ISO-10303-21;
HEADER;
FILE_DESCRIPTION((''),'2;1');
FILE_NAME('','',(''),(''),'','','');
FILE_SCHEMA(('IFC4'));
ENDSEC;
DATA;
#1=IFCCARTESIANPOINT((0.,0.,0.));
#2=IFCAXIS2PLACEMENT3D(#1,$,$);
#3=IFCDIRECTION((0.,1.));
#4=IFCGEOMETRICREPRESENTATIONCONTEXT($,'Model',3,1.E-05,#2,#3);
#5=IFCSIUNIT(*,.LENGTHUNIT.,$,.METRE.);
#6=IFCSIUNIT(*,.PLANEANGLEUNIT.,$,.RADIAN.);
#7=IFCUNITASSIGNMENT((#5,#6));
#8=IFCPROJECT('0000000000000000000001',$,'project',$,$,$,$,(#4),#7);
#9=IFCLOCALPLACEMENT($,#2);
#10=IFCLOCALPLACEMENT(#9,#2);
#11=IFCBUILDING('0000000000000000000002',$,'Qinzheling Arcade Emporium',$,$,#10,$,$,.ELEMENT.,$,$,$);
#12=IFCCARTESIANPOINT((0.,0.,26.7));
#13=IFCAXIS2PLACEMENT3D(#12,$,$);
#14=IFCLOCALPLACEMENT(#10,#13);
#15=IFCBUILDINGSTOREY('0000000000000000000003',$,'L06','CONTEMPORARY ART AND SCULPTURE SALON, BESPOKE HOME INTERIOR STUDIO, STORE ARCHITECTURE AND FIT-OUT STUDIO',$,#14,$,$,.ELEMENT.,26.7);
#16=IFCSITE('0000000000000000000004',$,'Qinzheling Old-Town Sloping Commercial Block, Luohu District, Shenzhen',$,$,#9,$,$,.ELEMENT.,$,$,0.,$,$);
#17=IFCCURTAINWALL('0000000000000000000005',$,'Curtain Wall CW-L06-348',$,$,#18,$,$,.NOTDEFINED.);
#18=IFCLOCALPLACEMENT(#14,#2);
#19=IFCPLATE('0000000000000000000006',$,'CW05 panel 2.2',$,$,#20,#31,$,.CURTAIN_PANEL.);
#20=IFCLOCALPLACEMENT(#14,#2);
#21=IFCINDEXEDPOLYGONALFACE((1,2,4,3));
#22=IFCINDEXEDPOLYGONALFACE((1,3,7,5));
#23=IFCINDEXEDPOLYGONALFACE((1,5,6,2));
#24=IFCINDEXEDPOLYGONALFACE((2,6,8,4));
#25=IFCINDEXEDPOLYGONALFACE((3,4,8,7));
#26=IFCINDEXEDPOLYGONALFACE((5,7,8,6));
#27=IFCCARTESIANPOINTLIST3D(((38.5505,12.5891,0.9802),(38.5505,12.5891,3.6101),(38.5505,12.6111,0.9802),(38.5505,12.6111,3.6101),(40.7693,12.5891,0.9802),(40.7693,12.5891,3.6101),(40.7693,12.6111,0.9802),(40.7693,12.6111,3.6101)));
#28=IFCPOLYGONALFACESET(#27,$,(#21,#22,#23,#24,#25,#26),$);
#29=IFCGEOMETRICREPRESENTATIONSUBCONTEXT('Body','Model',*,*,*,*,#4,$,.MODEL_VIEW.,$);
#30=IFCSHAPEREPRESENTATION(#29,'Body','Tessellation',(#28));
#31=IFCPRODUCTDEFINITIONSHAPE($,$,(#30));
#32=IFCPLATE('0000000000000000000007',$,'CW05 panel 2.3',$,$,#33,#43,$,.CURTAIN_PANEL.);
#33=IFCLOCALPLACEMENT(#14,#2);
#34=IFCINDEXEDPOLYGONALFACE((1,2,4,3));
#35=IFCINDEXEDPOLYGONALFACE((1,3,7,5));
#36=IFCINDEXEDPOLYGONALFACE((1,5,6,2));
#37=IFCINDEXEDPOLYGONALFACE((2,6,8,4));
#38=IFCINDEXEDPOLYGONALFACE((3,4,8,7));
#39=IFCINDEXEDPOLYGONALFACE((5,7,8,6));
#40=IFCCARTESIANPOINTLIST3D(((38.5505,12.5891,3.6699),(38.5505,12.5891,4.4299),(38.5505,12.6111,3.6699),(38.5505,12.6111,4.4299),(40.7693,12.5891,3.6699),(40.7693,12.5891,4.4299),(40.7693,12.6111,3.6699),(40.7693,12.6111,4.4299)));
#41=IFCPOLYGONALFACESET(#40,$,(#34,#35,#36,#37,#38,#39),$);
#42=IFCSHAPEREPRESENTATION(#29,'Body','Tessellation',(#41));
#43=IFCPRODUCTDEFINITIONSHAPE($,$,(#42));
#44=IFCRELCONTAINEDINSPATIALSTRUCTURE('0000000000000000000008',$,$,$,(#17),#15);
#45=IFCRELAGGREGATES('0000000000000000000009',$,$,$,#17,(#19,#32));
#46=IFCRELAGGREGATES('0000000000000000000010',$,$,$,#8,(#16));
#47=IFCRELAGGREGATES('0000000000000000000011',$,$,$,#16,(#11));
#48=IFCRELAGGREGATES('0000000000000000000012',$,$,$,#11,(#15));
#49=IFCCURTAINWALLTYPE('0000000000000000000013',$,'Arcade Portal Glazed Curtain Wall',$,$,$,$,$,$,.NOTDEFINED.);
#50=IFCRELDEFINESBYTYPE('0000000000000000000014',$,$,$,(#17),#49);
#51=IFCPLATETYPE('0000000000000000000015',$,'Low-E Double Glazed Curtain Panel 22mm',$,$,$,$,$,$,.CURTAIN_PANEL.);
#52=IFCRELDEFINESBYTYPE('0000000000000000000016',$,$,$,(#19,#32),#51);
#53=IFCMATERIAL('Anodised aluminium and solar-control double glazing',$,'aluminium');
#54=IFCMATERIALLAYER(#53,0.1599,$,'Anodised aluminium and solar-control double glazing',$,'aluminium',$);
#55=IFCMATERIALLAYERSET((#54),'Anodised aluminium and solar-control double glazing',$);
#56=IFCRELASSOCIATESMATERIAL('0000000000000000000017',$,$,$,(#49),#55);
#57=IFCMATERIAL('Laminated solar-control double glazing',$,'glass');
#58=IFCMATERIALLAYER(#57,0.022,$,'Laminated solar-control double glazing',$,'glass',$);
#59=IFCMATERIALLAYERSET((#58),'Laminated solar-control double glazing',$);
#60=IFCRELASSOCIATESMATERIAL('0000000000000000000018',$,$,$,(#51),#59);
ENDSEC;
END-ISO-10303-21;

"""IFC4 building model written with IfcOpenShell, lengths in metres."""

from ifc_helpers import new_model, si_unit, direction, frame, origin, origin_2d, place, context, subcontext, project, spatial, rectangle, extrude, material, layer, layer_set, type_object, element, aggregate, save


model = new_model("IFC4")

# Units and contexts
model_context = context("Model", 3, precision=1e-05, world=origin(), true_north=direction((0.0, 1.0)))
body_context = subcontext(model_context, "Body", "Model", "MODEL_VIEW")
ifc_project = project(units=[si_unit("LENGTHUNIT", "METRE"), si_unit("PLANEANGLEUNIT", "RADIAN")], contexts=[model_context])

# Site, building, storey
site_placement = place(None, origin())
site = spatial("IfcSite", under=ifc_project, at=site_placement, Name="Qinzheling Old-Town Sloping Commercial Block, Luohu District, Shenzhen", CompositionType="ELEMENT", RefElevation=0.0)
building_placement = place(site_placement, origin())
building = spatial("IfcBuilding", under=site, at=building_placement, Name="Qinzheling Arcade Emporium", CompositionType="ELEMENT")
storey_placement = place(building_placement, frame((0.0, 0.0, 26.7)))
storey = spatial("IfcBuildingStorey", under=building, at=storey_placement, Name="L06", Description="CONTEMPORARY ART AND SCULPTURE SALON, BESPOKE HOME INTERIOR STUDIO, STORE ARCHITECTURE AND FIT-OUT STUDIO", CompositionType="ELEMENT", Elevation=26.7)

# Shared definitions
ifc_material_1 = material(Name="Anodised aluminium and solar-control double glazing", Category="aluminium")
ifc_layer_1 = layer(ifc_material_1, 0.1599, Name="Anodised aluminium and solar-control double glazing", Category="aluminium")
ifc_layer_set_1 = layer_set([ifc_layer_1], Name="Anodised aluminium and solar-control double glazing")
curtain_wall_type = type_object("IfcCurtainWallType", Name="Arcade Portal Glazed Curtain Wall", PredefinedType="NOTDEFINED", material=ifc_layer_set_1)

# Curtain wall
curtain_wall_1_placement = place(storey_placement, origin())
curtain_wall_1 = element("IfcCurtainWall", 1, at=curtain_wall_1_placement, inside=storey, type_object=curtain_wall_type, Name="Curtain Wall CW-L06-348", PredefinedType="NOTDEFINED")

# Plates
ifc_material_2 = material(Name="Laminated solar-control double glazing", Category="glass")
ifc_layer_2 = layer(ifc_material_2, 0.022, Name="Laminated solar-control double glazing", Category="glass")
ifc_layer_set_2 = layer_set([ifc_layer_2], Name="Laminated solar-control double glazing")
plate_type = type_object("IfcPlateType", Name="Low-E Double Glazed Curtain Panel 22mm", PredefinedType="CURTAIN_PANEL", material=ifc_layer_set_2)
plate_1_placement = place(storey_placement, frame((39.6599, 12.6001, 0.9802), z_axis=(0.0, 0.0, 1.0), x_axis=(-1.0, 0.0, 0.0)))
plate_1 = element("IfcPlate", 2, at=plate_1_placement, type_object=plate_type, Name="CW05 panel 2.2", PredefinedType="CURTAIN_PANEL", context=body_context, shape_type="SweptSolid", body=[
    extrude(rectangle(XDim=2.2188, YDim=0.022, at=origin_2d()), origin(), (0.0, 0.0, 1.0), 2.6299),
])
plate_2_placement = place(storey_placement, frame((39.6599, 12.6001, 3.6699), z_axis=(0.0, 0.0, 1.0), x_axis=(-1.0, 0.0, 0.0)))
plate_2 = element("IfcPlate", 3, at=plate_2_placement, type_object=plate_type, Name="CW05 panel 2.3", PredefinedType="CURTAIN_PANEL", context=body_context, shape_type="SweptSolid", body=[
    extrude(rectangle(XDim=2.2188, YDim=0.022, at=origin_2d()), origin(), (0.0, 0.0, 1.0), 0.76),
])
aggregate(curtain_wall_1, [plate_1, plate_2])

save(model, "model.ifc")
